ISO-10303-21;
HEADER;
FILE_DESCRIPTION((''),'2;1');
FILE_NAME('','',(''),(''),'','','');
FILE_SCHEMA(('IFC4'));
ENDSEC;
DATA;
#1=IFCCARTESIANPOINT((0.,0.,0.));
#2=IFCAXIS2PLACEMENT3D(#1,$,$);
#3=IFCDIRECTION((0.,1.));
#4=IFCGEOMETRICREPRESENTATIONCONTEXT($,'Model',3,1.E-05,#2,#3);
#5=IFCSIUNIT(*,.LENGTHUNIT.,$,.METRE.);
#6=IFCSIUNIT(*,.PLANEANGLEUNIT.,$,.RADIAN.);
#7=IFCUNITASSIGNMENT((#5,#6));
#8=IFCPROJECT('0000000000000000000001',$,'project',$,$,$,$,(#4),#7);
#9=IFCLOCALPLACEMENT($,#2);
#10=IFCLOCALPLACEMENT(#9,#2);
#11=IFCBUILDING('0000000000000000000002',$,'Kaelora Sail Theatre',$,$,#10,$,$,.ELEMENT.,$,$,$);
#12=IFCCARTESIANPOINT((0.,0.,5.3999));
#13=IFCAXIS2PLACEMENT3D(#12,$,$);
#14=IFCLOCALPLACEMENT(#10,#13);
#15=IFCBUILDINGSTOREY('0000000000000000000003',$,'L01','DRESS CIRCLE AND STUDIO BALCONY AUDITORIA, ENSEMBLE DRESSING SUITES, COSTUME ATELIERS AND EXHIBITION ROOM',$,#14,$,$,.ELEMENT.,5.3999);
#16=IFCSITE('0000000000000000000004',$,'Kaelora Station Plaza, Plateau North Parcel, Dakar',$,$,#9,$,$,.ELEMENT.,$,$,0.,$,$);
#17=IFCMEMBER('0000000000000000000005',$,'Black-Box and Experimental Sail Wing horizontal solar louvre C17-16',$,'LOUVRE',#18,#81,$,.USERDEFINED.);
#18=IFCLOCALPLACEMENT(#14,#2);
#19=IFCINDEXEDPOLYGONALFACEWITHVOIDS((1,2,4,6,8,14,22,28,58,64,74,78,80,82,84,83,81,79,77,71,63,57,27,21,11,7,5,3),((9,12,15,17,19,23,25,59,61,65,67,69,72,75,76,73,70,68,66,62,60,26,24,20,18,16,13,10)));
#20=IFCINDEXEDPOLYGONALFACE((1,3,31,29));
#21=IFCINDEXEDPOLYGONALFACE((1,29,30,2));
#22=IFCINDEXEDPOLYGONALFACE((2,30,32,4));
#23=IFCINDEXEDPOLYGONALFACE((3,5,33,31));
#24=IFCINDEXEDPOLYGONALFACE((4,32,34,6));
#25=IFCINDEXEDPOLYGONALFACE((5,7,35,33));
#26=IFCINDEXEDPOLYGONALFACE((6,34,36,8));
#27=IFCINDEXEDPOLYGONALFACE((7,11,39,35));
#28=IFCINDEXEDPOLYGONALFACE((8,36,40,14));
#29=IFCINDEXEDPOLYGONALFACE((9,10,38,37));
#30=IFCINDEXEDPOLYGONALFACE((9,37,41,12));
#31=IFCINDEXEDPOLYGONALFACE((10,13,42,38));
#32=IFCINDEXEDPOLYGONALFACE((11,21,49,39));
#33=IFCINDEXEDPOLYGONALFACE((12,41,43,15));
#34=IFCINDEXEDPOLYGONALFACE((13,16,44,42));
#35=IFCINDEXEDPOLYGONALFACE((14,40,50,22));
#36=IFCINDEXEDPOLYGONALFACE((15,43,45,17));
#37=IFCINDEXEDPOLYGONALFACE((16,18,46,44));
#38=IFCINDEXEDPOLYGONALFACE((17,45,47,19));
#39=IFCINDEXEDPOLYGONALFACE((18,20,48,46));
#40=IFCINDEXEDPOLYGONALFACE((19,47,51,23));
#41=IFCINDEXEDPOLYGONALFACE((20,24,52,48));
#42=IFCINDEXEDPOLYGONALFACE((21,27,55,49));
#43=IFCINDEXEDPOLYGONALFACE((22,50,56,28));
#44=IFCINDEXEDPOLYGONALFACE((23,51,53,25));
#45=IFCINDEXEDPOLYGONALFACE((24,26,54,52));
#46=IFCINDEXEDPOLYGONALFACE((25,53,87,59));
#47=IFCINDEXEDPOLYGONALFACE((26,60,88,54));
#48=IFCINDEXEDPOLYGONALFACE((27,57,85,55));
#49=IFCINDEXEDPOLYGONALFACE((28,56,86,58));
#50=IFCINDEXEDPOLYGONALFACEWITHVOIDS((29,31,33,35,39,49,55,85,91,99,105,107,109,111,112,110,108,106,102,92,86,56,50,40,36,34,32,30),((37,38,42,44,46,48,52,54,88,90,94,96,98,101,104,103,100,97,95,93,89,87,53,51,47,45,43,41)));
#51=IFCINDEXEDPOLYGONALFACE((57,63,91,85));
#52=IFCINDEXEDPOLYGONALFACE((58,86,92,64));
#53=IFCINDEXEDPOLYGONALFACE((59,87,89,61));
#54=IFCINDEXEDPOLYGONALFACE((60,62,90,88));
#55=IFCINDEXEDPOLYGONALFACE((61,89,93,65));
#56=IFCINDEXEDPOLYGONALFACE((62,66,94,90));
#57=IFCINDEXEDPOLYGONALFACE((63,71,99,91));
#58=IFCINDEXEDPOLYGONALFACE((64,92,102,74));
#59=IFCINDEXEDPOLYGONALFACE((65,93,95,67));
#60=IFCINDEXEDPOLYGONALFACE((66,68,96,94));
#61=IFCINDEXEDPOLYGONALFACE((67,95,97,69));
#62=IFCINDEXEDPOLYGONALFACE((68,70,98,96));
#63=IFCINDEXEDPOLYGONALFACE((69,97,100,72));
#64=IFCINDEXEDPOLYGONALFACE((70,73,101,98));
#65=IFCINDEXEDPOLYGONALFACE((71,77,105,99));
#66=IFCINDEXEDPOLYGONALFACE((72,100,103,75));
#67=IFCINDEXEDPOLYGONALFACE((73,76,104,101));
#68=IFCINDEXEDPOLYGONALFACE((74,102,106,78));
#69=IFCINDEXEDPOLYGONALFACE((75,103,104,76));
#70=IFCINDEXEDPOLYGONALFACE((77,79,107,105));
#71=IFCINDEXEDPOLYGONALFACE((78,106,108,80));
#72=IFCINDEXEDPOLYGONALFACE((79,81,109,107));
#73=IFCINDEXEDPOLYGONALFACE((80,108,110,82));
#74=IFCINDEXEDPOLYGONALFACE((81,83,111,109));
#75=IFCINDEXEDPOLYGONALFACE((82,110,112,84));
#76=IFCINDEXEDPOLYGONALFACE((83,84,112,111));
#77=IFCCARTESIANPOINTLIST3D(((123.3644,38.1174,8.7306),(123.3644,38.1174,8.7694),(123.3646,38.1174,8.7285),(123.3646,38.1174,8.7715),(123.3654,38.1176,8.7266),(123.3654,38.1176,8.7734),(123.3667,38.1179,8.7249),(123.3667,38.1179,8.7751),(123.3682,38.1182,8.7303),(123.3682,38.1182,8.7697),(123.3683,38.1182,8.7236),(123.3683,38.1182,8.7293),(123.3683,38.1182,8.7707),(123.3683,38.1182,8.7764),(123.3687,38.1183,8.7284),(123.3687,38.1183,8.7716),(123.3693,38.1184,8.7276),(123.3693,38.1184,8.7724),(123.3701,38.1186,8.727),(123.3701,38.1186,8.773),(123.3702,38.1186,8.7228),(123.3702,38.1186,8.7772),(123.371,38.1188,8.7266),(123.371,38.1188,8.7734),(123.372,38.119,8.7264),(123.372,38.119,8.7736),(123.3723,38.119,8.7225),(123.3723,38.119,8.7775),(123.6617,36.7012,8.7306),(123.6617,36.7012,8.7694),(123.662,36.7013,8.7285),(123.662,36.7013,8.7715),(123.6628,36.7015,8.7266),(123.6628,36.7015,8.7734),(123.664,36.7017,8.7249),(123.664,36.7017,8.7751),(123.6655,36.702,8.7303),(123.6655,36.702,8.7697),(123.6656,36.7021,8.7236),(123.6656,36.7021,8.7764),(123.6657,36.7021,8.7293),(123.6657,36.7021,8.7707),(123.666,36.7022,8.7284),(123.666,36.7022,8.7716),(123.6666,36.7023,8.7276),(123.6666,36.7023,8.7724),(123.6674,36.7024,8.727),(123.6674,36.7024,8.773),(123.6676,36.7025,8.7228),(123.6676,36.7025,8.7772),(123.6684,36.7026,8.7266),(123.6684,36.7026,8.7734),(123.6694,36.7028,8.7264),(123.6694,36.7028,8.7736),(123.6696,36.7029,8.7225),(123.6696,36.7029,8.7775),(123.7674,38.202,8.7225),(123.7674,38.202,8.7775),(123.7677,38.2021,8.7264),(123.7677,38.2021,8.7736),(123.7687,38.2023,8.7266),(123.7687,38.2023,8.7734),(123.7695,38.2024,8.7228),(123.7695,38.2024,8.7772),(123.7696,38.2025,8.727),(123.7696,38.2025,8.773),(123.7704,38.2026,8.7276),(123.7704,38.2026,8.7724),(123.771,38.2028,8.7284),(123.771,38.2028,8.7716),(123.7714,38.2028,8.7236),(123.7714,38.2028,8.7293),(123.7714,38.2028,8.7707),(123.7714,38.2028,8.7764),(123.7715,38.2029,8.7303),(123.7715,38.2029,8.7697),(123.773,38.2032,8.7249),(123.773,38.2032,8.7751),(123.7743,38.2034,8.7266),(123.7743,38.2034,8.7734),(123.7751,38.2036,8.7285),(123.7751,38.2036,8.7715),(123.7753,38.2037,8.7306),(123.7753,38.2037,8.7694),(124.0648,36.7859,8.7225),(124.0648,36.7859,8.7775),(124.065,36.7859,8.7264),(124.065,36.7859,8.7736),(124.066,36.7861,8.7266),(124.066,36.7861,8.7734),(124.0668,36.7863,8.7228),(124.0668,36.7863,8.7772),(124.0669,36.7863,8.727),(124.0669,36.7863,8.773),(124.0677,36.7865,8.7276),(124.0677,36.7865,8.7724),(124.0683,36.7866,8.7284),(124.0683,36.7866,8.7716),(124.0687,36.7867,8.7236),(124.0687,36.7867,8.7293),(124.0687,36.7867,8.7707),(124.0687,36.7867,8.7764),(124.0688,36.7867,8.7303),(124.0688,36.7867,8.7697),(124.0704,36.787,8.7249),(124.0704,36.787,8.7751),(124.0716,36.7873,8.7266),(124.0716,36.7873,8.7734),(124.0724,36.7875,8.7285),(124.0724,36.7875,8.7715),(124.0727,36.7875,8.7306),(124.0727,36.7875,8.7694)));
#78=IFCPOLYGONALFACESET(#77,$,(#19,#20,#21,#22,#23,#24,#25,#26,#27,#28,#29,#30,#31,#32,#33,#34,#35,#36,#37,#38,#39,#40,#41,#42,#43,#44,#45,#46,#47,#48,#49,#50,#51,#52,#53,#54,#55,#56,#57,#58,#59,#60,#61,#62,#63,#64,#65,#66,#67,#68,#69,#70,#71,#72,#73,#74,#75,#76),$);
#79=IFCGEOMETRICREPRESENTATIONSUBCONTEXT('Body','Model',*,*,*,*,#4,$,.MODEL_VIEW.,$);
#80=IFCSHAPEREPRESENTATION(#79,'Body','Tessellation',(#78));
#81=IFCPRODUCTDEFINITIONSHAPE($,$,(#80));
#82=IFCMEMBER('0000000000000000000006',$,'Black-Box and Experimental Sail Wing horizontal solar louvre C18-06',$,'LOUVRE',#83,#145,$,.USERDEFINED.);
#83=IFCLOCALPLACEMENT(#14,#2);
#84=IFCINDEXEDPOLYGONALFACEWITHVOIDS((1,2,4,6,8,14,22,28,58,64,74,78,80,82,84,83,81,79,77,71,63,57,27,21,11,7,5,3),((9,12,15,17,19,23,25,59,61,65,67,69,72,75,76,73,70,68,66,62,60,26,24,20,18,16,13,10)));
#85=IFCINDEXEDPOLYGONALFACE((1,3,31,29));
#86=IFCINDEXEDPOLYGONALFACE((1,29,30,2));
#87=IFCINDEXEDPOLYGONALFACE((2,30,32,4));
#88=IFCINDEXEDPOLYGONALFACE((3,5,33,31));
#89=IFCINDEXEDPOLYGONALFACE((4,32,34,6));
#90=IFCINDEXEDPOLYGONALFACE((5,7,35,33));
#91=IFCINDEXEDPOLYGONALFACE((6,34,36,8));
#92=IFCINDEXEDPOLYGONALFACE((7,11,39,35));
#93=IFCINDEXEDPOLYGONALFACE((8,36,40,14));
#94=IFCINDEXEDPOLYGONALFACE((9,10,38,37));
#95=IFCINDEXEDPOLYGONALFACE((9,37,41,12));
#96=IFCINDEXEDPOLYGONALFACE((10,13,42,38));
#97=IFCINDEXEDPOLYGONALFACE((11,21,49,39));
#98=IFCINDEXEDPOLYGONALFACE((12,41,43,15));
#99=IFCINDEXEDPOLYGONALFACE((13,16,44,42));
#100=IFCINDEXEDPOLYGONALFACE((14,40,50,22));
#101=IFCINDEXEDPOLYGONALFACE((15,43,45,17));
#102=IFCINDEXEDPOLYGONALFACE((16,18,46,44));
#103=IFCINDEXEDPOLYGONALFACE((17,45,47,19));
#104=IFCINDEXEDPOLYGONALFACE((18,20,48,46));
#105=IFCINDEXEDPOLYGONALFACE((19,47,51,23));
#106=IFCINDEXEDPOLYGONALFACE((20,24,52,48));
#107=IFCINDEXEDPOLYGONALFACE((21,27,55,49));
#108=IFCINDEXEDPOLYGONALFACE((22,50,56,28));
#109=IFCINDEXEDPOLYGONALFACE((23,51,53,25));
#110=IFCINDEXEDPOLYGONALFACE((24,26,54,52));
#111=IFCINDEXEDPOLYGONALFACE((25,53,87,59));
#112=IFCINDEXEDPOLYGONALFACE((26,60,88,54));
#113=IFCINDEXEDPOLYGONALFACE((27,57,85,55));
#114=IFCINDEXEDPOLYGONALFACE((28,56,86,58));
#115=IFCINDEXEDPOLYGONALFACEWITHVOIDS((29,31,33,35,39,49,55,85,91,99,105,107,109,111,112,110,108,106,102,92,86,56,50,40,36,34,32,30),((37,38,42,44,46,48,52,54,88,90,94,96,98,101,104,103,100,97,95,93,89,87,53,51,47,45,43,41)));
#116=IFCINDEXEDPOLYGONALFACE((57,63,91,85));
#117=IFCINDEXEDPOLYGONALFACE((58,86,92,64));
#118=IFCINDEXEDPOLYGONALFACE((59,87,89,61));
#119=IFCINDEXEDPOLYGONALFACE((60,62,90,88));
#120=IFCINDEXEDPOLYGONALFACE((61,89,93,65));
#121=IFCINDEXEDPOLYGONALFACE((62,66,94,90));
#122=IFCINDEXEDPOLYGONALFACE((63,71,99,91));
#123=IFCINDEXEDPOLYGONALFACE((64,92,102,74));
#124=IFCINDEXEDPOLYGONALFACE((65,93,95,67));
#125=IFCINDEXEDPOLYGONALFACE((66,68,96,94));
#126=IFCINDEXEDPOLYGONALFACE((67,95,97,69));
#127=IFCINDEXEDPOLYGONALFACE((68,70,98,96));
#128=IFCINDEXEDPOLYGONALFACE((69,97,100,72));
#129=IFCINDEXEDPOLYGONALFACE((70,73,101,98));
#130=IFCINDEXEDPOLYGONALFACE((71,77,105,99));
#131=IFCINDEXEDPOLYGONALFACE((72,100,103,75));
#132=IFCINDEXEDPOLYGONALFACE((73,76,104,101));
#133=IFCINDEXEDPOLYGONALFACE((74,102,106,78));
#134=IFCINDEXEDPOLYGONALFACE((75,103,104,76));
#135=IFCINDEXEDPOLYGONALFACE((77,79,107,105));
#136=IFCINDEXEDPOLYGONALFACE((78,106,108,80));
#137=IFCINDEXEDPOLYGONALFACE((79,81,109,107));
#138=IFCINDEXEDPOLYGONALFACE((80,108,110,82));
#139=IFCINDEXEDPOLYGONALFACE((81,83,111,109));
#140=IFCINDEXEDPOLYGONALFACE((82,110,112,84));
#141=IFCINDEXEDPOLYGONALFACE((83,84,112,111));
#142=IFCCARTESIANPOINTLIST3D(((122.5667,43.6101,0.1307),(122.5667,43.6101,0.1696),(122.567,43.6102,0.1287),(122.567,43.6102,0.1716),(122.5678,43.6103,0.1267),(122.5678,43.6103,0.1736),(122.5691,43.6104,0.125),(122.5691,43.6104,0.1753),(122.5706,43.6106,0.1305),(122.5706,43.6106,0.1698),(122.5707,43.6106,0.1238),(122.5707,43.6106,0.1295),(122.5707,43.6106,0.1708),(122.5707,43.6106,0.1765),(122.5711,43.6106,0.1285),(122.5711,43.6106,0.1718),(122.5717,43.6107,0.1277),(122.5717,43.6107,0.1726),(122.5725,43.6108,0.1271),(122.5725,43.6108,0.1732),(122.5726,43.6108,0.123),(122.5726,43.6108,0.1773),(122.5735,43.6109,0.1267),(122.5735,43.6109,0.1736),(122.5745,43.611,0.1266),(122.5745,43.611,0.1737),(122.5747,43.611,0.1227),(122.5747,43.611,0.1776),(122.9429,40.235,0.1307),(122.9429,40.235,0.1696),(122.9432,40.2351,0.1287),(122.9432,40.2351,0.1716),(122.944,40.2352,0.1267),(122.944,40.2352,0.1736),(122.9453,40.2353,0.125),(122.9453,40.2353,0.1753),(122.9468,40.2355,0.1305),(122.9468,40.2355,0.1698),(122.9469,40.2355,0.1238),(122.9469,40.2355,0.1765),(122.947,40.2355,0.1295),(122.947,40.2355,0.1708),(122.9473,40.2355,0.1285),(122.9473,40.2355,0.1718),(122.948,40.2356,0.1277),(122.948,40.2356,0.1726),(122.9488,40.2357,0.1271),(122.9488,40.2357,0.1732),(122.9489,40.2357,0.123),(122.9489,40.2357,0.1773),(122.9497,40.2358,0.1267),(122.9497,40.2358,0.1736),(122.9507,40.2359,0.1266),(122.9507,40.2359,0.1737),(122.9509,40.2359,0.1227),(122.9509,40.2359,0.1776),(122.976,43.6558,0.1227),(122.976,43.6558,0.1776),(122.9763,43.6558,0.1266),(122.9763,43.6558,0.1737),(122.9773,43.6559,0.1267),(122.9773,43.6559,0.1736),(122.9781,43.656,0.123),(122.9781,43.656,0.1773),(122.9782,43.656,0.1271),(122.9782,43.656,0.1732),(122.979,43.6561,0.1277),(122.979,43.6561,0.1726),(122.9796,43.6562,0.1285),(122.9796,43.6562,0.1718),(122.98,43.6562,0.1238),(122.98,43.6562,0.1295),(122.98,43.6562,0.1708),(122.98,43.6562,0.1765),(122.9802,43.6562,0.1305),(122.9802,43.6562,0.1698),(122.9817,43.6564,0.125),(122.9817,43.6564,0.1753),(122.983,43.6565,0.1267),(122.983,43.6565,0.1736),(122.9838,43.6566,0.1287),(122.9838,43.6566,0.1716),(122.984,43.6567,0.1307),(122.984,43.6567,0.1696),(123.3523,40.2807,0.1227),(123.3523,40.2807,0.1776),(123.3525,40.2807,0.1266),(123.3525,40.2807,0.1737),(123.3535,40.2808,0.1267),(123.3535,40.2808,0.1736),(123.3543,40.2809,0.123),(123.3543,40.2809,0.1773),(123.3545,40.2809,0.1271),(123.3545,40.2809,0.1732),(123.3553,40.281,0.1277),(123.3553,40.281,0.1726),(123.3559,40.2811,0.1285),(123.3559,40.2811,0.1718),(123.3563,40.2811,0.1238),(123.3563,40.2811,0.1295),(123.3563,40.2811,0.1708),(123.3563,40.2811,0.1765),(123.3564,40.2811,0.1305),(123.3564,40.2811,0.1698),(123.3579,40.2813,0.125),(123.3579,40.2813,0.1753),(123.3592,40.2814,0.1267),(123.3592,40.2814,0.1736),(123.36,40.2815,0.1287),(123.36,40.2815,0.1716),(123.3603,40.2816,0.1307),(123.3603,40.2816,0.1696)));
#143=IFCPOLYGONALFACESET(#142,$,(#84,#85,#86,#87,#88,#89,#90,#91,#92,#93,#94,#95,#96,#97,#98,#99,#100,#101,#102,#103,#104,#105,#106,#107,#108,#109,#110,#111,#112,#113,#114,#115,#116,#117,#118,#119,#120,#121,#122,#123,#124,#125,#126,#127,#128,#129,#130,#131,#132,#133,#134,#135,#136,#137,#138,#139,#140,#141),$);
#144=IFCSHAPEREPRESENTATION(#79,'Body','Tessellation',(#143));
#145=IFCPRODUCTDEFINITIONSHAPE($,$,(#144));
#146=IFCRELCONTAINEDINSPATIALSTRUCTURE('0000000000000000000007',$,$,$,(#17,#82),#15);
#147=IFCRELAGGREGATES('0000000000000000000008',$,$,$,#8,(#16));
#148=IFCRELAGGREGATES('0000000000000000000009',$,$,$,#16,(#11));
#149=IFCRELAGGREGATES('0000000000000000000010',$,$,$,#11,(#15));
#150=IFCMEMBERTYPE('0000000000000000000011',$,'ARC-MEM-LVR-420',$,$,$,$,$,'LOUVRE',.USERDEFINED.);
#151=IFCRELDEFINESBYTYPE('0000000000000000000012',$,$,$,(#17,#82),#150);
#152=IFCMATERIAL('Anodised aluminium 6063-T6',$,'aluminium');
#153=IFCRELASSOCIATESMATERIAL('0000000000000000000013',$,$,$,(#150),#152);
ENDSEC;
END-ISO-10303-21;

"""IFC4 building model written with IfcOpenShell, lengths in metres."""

from ifc_helpers import new_model, si_unit, direction, frame, origin, origin_2d, place, context, subcontext, project, spatial, hollow_rectangle, extrude, material, material_profile, profile_set, type_object, element, save


model = new_model("IFC4")

# Units and contexts
model_context = context("Model", 3, precision=1e-05, world=origin(), true_north=direction((0.0, 1.0)))
body_context = subcontext(model_context, "Body", "Model", "MODEL_VIEW")
ifc_project = project(units=[si_unit("LENGTHUNIT", "METRE"), si_unit("PLANEANGLEUNIT", "RADIAN")], contexts=[model_context])

# Site, building, storey
site_placement = place(None, origin())
site = spatial("IfcSite", under=ifc_project, at=site_placement, Name="Kaelora Station Plaza, Plateau North Parcel, Dakar", CompositionType="ELEMENT", RefElevation=0.0)
building_placement = place(site_placement, origin())
building = spatial("IfcBuilding", under=site, at=building_placement, Name="Kaelora Sail Theatre", CompositionType="ELEMENT")
storey_placement = place(building_placement, frame((0.0, 0.0, 5.3999)))
storey = spatial("IfcBuildingStorey", under=building, at=storey_placement, Name="L01", Description="DRESS CIRCLE AND STUDIO BALCONY AUDITORIA, ENSEMBLE DRESSING SUITES, COSTUME ATELIERS AND EXHIBITION ROOM", CompositionType="ELEMENT", Elevation=5.3999)

# Members
ifc_material_1 = material(Name="Anodised aluminium 6063-T6", Category="aluminium")
ifc_material_profile_1 = material_profile(ifc_material_1, hollow_rectangle(XDim=0.4199, YDim=0.0549, WallThickness=0.0039, InnerFilletRadius=0.0039, OuterFilletRadius=0.0081, at=origin_2d()), Name="LOUVRE 420x55x4")
ifc_profile_set_1 = profile_set([ifc_material_profile_1], Name="Anodised aluminium 6063-T6")
member_type = type_object("IfcMemberType", Name="ARC-MEM-LVR-420", ElementType="LOUVRE", PredefinedType="USERDEFINED", material=ifc_profile_set_1)
for number, where, z_axis, x_axis, name in (
    (1, (123.8672, 36.7444, 8.75), (-0.205483, 0.978661, 0.0), (-0.978661, -0.205483, 0.0), "Black-Box and Experimental Sail Wing horizontal solar louvre C17-16"),
):
    element("IfcMember", number, at=place(storey_placement, frame(where, z_axis=z_axis, x_axis=x_axis)), inside=storey, type_object=member_type, Name=name, ObjectType="LOUVRE", PredefinedType="USERDEFINED", context=body_context, shape_type="SweptSolid", body=[
        extrude(hollow_rectangle(XDim=0.4199, YDim=0.0549, WallThickness=0.0039, InnerFilletRadius=0.0039, OuterFilletRadius=0.0081, at=origin_2d()), origin(), (0.0, 0.0, 1.0), 1.447),
    ])
for number, where, z_axis, x_axis, name in (
    (2, (123.1516, 40.2583, 0.1501), (-0.110787, 0.993844, 0.0), (-0.993844, -0.110787, 0.0), "Black-Box and Experimental Sail Wing horizontal solar louvre C18-06"),
):
    element("IfcMember", number, at=place(storey_placement, frame(where, z_axis=z_axis, x_axis=x_axis)), inside=storey, type_object=member_type, Name=name, ObjectType="LOUVRE", PredefinedType="USERDEFINED", context=body_context, shape_type="SweptSolid", body=[
        extrude(hollow_rectangle(XDim=0.4199, YDim=0.0549, WallThickness=0.0039, InnerFilletRadius=0.0039, OuterFilletRadius=0.0081, at=origin_2d()), origin(), (0.0, 0.0, 1.0), 3.396),
    ])

save(model, "model.ifc")
